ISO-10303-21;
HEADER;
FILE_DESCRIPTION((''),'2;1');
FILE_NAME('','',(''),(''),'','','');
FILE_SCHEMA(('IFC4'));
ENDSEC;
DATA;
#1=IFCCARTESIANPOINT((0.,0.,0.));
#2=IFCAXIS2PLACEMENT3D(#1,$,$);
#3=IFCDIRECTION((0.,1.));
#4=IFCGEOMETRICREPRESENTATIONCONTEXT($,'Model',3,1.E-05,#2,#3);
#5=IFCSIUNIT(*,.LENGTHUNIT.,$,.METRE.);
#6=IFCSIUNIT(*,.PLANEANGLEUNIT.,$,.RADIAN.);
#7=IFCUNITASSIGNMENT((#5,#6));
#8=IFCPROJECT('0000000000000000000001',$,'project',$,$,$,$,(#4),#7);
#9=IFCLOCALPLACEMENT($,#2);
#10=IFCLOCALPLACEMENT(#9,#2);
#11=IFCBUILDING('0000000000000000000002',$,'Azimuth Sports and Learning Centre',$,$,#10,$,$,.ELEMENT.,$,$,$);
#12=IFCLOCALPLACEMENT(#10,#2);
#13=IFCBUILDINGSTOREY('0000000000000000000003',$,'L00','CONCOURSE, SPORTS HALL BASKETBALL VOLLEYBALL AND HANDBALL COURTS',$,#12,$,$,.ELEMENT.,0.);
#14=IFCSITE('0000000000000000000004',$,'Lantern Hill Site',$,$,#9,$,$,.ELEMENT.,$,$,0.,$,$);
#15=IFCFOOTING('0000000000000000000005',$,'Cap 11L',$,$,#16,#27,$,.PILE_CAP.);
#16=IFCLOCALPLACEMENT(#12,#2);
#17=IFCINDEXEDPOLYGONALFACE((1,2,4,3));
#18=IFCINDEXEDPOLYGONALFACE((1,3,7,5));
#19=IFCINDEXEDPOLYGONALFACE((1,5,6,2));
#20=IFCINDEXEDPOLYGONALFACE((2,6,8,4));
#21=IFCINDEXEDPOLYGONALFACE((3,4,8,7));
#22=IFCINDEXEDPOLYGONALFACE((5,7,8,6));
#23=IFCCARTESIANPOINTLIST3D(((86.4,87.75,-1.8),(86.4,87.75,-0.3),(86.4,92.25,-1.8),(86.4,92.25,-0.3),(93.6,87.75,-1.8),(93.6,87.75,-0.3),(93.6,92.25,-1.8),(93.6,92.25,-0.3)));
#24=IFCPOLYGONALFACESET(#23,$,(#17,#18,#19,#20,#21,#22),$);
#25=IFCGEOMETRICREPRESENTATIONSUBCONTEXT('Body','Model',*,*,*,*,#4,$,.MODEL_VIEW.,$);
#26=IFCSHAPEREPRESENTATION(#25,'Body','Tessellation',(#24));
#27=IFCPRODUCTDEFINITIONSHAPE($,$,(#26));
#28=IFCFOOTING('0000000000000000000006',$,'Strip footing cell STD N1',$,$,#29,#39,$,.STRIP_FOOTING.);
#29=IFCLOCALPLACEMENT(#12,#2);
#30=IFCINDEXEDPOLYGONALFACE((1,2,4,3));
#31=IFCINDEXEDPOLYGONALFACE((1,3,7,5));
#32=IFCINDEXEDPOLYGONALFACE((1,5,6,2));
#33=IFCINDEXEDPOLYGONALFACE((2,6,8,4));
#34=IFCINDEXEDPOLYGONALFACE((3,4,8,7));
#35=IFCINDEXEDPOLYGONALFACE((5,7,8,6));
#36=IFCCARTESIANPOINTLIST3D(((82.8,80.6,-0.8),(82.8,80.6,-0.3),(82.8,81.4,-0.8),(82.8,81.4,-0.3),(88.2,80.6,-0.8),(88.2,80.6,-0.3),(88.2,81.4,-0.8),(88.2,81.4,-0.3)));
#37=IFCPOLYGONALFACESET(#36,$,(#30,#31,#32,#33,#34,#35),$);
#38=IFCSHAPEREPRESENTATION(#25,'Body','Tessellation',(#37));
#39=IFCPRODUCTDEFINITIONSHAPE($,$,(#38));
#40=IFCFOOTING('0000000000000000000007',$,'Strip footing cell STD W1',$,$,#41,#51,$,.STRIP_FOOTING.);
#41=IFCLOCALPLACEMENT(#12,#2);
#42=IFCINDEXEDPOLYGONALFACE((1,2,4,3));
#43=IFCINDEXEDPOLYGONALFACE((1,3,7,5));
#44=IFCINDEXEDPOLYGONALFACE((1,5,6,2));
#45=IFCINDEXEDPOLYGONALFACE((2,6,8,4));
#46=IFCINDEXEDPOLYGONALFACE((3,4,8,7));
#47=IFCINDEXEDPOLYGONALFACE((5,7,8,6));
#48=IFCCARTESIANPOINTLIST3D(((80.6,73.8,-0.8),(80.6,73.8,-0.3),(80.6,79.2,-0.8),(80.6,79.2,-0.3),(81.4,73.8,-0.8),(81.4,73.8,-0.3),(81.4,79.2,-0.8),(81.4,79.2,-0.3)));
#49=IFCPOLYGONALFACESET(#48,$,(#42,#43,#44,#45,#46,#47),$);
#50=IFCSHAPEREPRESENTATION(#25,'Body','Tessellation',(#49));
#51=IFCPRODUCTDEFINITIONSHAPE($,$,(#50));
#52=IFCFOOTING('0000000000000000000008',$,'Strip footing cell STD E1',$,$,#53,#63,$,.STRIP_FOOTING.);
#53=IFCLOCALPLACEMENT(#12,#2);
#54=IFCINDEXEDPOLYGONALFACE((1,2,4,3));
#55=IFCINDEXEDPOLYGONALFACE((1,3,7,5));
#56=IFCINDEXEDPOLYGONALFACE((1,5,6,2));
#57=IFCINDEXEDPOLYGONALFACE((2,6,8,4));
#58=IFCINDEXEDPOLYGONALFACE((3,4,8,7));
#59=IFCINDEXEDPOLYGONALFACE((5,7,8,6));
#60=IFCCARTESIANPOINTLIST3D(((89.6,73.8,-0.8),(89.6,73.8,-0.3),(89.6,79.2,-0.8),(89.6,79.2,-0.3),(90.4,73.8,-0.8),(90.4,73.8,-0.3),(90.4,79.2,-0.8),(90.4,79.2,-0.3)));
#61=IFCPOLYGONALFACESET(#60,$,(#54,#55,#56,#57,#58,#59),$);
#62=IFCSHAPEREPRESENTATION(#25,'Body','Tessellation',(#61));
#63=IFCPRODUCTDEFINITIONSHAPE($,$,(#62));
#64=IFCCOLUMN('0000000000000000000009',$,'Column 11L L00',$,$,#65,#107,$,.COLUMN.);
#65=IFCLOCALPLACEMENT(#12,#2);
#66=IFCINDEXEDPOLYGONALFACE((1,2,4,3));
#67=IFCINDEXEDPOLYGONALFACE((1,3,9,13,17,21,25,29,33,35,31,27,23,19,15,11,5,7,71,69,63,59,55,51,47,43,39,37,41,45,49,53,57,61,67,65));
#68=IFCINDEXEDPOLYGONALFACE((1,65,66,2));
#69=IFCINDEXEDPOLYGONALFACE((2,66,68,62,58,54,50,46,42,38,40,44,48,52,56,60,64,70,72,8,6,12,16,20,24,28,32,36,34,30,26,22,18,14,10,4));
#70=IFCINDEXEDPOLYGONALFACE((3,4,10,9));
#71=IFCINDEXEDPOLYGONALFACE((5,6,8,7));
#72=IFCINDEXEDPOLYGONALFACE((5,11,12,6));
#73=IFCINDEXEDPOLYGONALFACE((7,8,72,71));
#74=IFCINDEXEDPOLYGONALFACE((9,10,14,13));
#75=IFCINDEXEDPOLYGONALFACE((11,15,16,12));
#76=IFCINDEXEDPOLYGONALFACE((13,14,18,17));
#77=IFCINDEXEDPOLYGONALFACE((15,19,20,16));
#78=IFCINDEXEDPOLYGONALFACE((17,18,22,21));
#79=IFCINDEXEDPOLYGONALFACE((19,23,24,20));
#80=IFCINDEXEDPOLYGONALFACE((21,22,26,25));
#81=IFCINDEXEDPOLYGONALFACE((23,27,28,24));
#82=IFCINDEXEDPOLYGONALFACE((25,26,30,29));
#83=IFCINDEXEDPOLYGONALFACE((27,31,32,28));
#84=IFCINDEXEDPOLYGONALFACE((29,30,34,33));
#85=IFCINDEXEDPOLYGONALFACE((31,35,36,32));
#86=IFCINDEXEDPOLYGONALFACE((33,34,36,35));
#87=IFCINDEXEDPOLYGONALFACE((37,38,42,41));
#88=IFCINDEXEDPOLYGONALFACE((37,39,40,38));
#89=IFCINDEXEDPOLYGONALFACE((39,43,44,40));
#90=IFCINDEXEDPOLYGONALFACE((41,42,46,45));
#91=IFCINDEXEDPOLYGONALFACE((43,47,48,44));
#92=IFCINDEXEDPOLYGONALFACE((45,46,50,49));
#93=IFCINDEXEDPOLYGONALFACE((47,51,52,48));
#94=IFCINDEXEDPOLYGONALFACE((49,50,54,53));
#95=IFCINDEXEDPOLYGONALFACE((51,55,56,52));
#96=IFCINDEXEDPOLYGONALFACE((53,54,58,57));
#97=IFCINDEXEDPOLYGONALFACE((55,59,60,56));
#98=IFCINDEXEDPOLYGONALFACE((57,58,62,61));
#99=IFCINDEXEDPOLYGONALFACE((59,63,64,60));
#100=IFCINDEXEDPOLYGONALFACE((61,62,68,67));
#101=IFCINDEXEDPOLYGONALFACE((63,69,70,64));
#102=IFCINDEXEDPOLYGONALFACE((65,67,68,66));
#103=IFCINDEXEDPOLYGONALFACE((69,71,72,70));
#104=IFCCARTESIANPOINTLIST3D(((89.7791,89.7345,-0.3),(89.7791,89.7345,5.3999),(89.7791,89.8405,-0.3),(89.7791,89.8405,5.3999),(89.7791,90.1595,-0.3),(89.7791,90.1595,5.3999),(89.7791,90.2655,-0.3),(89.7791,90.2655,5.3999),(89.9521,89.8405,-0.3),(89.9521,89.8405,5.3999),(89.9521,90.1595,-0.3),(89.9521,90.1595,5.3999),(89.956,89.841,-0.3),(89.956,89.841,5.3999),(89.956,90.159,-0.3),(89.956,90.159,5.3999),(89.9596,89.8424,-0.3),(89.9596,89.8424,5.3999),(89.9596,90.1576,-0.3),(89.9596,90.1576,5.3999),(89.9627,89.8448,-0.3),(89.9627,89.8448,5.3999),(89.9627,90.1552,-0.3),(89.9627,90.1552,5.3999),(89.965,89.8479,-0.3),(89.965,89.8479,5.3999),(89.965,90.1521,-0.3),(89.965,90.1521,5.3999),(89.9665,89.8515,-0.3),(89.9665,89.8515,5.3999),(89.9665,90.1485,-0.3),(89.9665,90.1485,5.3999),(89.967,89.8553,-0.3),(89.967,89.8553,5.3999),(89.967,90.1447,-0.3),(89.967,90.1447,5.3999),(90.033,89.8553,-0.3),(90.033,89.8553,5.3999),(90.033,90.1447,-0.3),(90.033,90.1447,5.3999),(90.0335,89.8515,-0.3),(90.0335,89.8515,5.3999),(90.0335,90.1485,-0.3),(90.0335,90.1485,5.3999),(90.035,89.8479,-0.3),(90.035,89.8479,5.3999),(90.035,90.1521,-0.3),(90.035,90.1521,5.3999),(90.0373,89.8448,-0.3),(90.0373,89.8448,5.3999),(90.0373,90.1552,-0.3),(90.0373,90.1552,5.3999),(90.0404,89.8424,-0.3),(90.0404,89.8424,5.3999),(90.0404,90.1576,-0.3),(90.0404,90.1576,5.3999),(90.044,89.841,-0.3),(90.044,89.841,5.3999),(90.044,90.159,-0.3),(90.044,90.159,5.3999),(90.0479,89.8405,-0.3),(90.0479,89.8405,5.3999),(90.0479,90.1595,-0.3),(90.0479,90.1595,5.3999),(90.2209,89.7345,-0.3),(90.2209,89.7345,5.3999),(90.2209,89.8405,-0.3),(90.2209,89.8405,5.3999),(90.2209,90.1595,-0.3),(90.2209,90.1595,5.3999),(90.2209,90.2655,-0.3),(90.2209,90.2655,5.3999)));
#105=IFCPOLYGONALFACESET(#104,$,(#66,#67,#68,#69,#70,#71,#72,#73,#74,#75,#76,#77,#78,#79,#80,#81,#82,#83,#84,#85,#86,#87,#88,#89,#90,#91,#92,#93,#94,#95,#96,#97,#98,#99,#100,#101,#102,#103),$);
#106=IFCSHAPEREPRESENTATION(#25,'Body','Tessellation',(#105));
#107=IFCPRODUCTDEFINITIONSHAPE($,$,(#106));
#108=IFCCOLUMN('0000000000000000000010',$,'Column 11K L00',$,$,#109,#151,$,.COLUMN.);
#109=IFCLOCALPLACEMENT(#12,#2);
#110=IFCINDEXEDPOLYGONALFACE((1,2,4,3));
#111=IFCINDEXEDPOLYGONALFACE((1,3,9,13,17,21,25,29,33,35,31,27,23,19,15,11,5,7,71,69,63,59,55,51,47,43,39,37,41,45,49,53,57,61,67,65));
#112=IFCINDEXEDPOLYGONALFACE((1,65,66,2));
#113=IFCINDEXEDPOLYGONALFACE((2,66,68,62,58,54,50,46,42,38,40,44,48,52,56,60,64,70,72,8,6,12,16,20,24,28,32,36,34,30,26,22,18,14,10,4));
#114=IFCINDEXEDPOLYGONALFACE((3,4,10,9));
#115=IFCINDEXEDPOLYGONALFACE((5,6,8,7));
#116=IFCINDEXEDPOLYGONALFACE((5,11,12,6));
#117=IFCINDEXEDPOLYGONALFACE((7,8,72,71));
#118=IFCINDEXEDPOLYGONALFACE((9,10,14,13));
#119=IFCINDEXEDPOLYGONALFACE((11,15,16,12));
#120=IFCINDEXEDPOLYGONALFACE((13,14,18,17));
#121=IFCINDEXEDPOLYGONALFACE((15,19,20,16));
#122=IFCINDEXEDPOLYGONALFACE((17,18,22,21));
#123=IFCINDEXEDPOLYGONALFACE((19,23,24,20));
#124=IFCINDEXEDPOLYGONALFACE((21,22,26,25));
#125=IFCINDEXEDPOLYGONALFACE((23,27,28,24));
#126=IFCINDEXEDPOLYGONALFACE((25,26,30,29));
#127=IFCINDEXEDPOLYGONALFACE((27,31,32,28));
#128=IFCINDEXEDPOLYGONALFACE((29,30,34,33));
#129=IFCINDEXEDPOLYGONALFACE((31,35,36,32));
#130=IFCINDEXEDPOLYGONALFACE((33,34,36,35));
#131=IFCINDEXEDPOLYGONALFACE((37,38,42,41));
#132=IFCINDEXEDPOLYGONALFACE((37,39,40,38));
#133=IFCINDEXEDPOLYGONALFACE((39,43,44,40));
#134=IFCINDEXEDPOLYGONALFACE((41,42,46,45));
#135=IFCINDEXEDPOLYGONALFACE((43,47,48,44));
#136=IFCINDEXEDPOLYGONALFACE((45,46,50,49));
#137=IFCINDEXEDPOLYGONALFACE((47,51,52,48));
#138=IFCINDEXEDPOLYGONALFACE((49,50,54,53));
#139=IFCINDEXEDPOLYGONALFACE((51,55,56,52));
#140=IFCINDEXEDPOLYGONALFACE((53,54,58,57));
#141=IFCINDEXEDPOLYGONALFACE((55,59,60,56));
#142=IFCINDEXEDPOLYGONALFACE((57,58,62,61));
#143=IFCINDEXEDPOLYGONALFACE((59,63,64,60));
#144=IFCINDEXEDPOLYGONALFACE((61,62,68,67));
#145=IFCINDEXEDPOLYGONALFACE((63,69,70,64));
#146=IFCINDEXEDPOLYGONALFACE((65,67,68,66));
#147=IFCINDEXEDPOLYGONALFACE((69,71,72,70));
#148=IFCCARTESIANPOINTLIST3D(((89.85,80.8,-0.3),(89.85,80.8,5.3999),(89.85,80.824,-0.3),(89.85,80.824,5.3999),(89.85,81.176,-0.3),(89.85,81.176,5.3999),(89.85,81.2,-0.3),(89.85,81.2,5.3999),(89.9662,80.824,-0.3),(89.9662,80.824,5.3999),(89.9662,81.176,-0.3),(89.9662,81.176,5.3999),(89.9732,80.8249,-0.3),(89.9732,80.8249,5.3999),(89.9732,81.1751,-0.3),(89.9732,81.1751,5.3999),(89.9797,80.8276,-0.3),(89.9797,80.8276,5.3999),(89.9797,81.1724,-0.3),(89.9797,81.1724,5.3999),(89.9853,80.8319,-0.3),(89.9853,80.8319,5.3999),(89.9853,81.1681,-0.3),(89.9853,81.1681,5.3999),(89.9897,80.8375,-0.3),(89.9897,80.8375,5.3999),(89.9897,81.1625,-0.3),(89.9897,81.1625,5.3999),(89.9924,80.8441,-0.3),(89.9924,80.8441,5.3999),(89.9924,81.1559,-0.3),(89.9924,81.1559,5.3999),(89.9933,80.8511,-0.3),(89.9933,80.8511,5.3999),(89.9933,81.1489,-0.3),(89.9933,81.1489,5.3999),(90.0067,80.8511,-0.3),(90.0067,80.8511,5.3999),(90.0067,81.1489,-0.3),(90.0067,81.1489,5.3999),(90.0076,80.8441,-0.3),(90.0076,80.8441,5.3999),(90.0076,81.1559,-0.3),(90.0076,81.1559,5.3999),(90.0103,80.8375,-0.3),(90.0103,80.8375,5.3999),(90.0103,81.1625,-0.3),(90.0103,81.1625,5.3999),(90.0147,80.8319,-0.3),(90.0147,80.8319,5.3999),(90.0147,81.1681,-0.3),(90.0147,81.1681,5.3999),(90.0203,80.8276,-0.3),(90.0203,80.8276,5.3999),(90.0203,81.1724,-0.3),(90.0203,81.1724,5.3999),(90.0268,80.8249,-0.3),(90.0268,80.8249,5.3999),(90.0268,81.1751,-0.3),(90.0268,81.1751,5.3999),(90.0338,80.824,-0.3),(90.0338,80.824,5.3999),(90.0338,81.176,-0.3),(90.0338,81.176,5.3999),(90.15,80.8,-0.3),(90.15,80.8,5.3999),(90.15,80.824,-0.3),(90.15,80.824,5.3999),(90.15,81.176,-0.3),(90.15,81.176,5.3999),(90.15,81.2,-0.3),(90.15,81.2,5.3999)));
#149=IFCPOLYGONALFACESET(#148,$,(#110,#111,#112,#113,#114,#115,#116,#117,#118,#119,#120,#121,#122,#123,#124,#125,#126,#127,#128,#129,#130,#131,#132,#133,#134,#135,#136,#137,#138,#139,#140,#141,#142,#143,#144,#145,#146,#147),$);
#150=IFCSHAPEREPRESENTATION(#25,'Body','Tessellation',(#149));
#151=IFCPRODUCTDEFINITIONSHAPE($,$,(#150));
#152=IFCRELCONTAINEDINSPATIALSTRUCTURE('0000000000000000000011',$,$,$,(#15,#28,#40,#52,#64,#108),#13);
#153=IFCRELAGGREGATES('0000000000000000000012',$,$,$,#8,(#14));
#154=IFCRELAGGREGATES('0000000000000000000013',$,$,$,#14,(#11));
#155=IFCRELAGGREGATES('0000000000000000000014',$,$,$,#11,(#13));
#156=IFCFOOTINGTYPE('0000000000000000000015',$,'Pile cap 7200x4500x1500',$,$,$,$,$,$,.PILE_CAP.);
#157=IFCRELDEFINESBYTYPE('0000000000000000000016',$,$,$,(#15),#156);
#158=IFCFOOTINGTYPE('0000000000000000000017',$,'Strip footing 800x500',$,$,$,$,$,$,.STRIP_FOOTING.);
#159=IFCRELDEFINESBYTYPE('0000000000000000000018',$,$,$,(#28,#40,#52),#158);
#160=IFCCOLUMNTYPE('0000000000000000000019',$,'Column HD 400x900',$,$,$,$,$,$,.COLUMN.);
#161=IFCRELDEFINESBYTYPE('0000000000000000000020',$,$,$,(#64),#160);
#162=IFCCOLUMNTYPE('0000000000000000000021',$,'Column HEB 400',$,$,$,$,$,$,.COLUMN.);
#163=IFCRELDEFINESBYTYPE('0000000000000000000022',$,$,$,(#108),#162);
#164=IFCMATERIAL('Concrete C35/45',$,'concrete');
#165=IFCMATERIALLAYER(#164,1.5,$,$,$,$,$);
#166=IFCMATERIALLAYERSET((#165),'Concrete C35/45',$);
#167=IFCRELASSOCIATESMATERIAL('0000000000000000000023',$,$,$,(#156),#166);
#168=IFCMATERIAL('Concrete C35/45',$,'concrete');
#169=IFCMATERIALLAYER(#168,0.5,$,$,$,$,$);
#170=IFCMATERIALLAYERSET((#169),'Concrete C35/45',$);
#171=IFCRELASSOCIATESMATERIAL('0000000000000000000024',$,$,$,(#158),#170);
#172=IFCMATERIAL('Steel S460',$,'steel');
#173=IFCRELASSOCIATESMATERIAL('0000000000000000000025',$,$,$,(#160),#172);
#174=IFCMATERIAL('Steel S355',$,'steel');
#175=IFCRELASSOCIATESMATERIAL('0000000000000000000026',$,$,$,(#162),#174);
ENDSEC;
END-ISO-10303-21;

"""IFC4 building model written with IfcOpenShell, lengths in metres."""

from ifc_helpers import new_model, si_unit, direction, frame, origin, origin_2d, place, context, subcontext, project, spatial, rectangle, i_section, extrude, material, layer, layer_set, material_profile, profile_set, type_object, element, save


model = new_model("IFC4")

# Units and contexts
model_context = context("Model", 3, precision=1e-05, world=origin(), true_north=direction((0.0, 1.0)))
body_context = subcontext(model_context, "Body", "Model", "MODEL_VIEW")
ifc_project = project(units=[si_unit("LENGTHUNIT", "METRE"), si_unit("PLANEANGLEUNIT", "RADIAN")], contexts=[model_context])

# Site, building, storey
site_placement = place(None, origin())
site = spatial("IfcSite", under=ifc_project, at=site_placement, Name="Lantern Hill Site", CompositionType="ELEMENT", RefElevation=0.0)
building_placement = place(site_placement, origin())
building = spatial("IfcBuilding", under=site, at=building_placement, Name="Azimuth Sports and Learning Centre", CompositionType="ELEMENT")
storey_placement = place(building_placement, origin())
storey = spatial("IfcBuildingStorey", under=building, at=storey_placement, Name="L00", Description="CONCOURSE, SPORTS HALL BASKETBALL VOLLEYBALL AND HANDBALL COURTS", CompositionType="ELEMENT", Elevation=0.0)

# Footings
ifc_material_1 = material(Name="Concrete C35/45", Category="concrete")
ifc_layer_1 = layer(ifc_material_1, 1.5)
ifc_layer_set_1 = layer_set([ifc_layer_1], Name="Concrete C35/45")
footing_type_1 = type_object("IfcFootingType", Name="Pile cap 7200x4500x1500", PredefinedType="PILE_CAP", material=ifc_layer_set_1)
footing_1_placement = place(storey_placement, frame((90.0, 90.0, -1.8), z_axis=(0.0, 0.0, 1.0), x_axis=(1.0, 0.0, 0.0)))
element("IfcFooting", 1, at=footing_1_placement, inside=storey, type_object=footing_type_1, Name="Cap 11L", PredefinedType="PILE_CAP", context=body_context, shape_type="SweptSolid", body=[
    extrude(rectangle(XDim=7.2, YDim=4.5, at=origin_2d()), origin(), (0.0, 0.0, 1.0), 1.5),
])
ifc_material_2 = material(Name="Concrete C35/45", Category="concrete")
ifc_layer_2 = layer(ifc_material_2, 0.5)
ifc_layer_set_2 = layer_set([ifc_layer_2], Name="Concrete C35/45")
footing_type_2 = type_object("IfcFootingType", Name="Strip footing 800x500", PredefinedType="STRIP_FOOTING", material=ifc_layer_set_2)
footing_2_placement = place(storey_placement, frame((85.5, 81.0, -0.8), z_axis=(0.0, 0.0, 1.0), x_axis=(1.0, 0.0, 0.0)))
element("IfcFooting", 2, at=footing_2_placement, inside=storey, type_object=footing_type_2, Name="Strip footing cell STD N1", PredefinedType="STRIP_FOOTING", context=body_context, shape_type="SweptSolid", body=[
    extrude(rectangle(XDim=5.3999, YDim=0.8, at=origin_2d()), origin(), (0.0, 0.0, 1.0), 0.5),
])
for number, where, z_axis, x_axis, name in (
    (3, (81.0, 76.5, -0.8), (0.0, 0.0, 1.0), (1.0, 0.0, 0.0), "Strip footing cell STD W1"),
    (4, (90.0, 76.5, -0.8), (0.0, 0.0, 1.0), (1.0, 0.0, 0.0), "Strip footing cell STD E1"),
):
    element("IfcFooting", number, at=place(storey_placement, frame(where, z_axis=z_axis, x_axis=x_axis)), inside=storey, type_object=footing_type_2, Name=name, PredefinedType="STRIP_FOOTING", context=body_context, shape_type="SweptSolid", body=[
        extrude(rectangle(XDim=0.8, YDim=5.3999, at=origin_2d()), origin(), (0.0, 0.0, 1.0), 0.5),
    ])

# Columns
ifc_material_3 = material(Name="Steel S460", Category="steel")
ifc_material_profile_1 = material_profile(ifc_material_3, i_section(OverallWidth=0.4419, OverallDepth=0.531, WebThickness=0.0659, FlangeThickness=0.106, FilletRadius=0.0149, at=origin_2d()), Name="HD 400x900")
ifc_profile_set_1 = profile_set([ifc_material_profile_1], Name="Steel S460")
column_type_1 = type_object("IfcColumnType", Name="Column HD 400x900", PredefinedType="COLUMN", material=ifc_profile_set_1)
column_1_placement = place(storey_placement, frame((90.0, 90.0, -0.3), z_axis=(0.0, 0.0, 1.0), x_axis=(1.0, 0.0, 0.0)))
element("IfcColumn", 5, at=column_1_placement, inside=storey, type_object=column_type_1, Name="Column 11L L00", PredefinedType="COLUMN", context=body_context, shape_type="SweptSolid", body=[
    extrude(i_section(OverallWidth=0.4419, OverallDepth=0.531, WebThickness=0.0659, FlangeThickness=0.106, FilletRadius=0.0149, at=origin_2d()), origin(), (0.0, 0.0, 1.0), 5.7),
])
ifc_material_4 = material(Name="Steel S355", Category="steel")
ifc_material_profile_2 = material_profile(ifc_material_4, i_section(OverallWidth=0.3, OverallDepth=0.3999, WebThickness=0.0134, FlangeThickness=0.0239, FilletRadius=0.0271, at=origin_2d()), Name="HEB 400")
ifc_profile_set_2 = profile_set([ifc_material_profile_2], Name="Steel S355")
column_type_2 = type_object("IfcColumnType", Name="Column HEB 400", PredefinedType="COLUMN", material=ifc_profile_set_2)
column_2_placement = place(storey_placement, frame((90.0, 81.0, -0.3), z_axis=(0.0, 0.0, 1.0), x_axis=(1.0, 0.0, 0.0)))
element("IfcColumn", 6, at=column_2_placement, inside=storey, type_object=column_type_2, Name="Column 11K L00", PredefinedType="COLUMN", context=body_context, shape_type="SweptSolid", body=[
    extrude(i_section(OverallWidth=0.3, OverallDepth=0.3999, WebThickness=0.0134, FlangeThickness=0.0239, FilletRadius=0.0271, at=origin_2d()), origin(), (0.0, 0.0, 1.0), 5.7),
])

save(model, "model.ifc")
